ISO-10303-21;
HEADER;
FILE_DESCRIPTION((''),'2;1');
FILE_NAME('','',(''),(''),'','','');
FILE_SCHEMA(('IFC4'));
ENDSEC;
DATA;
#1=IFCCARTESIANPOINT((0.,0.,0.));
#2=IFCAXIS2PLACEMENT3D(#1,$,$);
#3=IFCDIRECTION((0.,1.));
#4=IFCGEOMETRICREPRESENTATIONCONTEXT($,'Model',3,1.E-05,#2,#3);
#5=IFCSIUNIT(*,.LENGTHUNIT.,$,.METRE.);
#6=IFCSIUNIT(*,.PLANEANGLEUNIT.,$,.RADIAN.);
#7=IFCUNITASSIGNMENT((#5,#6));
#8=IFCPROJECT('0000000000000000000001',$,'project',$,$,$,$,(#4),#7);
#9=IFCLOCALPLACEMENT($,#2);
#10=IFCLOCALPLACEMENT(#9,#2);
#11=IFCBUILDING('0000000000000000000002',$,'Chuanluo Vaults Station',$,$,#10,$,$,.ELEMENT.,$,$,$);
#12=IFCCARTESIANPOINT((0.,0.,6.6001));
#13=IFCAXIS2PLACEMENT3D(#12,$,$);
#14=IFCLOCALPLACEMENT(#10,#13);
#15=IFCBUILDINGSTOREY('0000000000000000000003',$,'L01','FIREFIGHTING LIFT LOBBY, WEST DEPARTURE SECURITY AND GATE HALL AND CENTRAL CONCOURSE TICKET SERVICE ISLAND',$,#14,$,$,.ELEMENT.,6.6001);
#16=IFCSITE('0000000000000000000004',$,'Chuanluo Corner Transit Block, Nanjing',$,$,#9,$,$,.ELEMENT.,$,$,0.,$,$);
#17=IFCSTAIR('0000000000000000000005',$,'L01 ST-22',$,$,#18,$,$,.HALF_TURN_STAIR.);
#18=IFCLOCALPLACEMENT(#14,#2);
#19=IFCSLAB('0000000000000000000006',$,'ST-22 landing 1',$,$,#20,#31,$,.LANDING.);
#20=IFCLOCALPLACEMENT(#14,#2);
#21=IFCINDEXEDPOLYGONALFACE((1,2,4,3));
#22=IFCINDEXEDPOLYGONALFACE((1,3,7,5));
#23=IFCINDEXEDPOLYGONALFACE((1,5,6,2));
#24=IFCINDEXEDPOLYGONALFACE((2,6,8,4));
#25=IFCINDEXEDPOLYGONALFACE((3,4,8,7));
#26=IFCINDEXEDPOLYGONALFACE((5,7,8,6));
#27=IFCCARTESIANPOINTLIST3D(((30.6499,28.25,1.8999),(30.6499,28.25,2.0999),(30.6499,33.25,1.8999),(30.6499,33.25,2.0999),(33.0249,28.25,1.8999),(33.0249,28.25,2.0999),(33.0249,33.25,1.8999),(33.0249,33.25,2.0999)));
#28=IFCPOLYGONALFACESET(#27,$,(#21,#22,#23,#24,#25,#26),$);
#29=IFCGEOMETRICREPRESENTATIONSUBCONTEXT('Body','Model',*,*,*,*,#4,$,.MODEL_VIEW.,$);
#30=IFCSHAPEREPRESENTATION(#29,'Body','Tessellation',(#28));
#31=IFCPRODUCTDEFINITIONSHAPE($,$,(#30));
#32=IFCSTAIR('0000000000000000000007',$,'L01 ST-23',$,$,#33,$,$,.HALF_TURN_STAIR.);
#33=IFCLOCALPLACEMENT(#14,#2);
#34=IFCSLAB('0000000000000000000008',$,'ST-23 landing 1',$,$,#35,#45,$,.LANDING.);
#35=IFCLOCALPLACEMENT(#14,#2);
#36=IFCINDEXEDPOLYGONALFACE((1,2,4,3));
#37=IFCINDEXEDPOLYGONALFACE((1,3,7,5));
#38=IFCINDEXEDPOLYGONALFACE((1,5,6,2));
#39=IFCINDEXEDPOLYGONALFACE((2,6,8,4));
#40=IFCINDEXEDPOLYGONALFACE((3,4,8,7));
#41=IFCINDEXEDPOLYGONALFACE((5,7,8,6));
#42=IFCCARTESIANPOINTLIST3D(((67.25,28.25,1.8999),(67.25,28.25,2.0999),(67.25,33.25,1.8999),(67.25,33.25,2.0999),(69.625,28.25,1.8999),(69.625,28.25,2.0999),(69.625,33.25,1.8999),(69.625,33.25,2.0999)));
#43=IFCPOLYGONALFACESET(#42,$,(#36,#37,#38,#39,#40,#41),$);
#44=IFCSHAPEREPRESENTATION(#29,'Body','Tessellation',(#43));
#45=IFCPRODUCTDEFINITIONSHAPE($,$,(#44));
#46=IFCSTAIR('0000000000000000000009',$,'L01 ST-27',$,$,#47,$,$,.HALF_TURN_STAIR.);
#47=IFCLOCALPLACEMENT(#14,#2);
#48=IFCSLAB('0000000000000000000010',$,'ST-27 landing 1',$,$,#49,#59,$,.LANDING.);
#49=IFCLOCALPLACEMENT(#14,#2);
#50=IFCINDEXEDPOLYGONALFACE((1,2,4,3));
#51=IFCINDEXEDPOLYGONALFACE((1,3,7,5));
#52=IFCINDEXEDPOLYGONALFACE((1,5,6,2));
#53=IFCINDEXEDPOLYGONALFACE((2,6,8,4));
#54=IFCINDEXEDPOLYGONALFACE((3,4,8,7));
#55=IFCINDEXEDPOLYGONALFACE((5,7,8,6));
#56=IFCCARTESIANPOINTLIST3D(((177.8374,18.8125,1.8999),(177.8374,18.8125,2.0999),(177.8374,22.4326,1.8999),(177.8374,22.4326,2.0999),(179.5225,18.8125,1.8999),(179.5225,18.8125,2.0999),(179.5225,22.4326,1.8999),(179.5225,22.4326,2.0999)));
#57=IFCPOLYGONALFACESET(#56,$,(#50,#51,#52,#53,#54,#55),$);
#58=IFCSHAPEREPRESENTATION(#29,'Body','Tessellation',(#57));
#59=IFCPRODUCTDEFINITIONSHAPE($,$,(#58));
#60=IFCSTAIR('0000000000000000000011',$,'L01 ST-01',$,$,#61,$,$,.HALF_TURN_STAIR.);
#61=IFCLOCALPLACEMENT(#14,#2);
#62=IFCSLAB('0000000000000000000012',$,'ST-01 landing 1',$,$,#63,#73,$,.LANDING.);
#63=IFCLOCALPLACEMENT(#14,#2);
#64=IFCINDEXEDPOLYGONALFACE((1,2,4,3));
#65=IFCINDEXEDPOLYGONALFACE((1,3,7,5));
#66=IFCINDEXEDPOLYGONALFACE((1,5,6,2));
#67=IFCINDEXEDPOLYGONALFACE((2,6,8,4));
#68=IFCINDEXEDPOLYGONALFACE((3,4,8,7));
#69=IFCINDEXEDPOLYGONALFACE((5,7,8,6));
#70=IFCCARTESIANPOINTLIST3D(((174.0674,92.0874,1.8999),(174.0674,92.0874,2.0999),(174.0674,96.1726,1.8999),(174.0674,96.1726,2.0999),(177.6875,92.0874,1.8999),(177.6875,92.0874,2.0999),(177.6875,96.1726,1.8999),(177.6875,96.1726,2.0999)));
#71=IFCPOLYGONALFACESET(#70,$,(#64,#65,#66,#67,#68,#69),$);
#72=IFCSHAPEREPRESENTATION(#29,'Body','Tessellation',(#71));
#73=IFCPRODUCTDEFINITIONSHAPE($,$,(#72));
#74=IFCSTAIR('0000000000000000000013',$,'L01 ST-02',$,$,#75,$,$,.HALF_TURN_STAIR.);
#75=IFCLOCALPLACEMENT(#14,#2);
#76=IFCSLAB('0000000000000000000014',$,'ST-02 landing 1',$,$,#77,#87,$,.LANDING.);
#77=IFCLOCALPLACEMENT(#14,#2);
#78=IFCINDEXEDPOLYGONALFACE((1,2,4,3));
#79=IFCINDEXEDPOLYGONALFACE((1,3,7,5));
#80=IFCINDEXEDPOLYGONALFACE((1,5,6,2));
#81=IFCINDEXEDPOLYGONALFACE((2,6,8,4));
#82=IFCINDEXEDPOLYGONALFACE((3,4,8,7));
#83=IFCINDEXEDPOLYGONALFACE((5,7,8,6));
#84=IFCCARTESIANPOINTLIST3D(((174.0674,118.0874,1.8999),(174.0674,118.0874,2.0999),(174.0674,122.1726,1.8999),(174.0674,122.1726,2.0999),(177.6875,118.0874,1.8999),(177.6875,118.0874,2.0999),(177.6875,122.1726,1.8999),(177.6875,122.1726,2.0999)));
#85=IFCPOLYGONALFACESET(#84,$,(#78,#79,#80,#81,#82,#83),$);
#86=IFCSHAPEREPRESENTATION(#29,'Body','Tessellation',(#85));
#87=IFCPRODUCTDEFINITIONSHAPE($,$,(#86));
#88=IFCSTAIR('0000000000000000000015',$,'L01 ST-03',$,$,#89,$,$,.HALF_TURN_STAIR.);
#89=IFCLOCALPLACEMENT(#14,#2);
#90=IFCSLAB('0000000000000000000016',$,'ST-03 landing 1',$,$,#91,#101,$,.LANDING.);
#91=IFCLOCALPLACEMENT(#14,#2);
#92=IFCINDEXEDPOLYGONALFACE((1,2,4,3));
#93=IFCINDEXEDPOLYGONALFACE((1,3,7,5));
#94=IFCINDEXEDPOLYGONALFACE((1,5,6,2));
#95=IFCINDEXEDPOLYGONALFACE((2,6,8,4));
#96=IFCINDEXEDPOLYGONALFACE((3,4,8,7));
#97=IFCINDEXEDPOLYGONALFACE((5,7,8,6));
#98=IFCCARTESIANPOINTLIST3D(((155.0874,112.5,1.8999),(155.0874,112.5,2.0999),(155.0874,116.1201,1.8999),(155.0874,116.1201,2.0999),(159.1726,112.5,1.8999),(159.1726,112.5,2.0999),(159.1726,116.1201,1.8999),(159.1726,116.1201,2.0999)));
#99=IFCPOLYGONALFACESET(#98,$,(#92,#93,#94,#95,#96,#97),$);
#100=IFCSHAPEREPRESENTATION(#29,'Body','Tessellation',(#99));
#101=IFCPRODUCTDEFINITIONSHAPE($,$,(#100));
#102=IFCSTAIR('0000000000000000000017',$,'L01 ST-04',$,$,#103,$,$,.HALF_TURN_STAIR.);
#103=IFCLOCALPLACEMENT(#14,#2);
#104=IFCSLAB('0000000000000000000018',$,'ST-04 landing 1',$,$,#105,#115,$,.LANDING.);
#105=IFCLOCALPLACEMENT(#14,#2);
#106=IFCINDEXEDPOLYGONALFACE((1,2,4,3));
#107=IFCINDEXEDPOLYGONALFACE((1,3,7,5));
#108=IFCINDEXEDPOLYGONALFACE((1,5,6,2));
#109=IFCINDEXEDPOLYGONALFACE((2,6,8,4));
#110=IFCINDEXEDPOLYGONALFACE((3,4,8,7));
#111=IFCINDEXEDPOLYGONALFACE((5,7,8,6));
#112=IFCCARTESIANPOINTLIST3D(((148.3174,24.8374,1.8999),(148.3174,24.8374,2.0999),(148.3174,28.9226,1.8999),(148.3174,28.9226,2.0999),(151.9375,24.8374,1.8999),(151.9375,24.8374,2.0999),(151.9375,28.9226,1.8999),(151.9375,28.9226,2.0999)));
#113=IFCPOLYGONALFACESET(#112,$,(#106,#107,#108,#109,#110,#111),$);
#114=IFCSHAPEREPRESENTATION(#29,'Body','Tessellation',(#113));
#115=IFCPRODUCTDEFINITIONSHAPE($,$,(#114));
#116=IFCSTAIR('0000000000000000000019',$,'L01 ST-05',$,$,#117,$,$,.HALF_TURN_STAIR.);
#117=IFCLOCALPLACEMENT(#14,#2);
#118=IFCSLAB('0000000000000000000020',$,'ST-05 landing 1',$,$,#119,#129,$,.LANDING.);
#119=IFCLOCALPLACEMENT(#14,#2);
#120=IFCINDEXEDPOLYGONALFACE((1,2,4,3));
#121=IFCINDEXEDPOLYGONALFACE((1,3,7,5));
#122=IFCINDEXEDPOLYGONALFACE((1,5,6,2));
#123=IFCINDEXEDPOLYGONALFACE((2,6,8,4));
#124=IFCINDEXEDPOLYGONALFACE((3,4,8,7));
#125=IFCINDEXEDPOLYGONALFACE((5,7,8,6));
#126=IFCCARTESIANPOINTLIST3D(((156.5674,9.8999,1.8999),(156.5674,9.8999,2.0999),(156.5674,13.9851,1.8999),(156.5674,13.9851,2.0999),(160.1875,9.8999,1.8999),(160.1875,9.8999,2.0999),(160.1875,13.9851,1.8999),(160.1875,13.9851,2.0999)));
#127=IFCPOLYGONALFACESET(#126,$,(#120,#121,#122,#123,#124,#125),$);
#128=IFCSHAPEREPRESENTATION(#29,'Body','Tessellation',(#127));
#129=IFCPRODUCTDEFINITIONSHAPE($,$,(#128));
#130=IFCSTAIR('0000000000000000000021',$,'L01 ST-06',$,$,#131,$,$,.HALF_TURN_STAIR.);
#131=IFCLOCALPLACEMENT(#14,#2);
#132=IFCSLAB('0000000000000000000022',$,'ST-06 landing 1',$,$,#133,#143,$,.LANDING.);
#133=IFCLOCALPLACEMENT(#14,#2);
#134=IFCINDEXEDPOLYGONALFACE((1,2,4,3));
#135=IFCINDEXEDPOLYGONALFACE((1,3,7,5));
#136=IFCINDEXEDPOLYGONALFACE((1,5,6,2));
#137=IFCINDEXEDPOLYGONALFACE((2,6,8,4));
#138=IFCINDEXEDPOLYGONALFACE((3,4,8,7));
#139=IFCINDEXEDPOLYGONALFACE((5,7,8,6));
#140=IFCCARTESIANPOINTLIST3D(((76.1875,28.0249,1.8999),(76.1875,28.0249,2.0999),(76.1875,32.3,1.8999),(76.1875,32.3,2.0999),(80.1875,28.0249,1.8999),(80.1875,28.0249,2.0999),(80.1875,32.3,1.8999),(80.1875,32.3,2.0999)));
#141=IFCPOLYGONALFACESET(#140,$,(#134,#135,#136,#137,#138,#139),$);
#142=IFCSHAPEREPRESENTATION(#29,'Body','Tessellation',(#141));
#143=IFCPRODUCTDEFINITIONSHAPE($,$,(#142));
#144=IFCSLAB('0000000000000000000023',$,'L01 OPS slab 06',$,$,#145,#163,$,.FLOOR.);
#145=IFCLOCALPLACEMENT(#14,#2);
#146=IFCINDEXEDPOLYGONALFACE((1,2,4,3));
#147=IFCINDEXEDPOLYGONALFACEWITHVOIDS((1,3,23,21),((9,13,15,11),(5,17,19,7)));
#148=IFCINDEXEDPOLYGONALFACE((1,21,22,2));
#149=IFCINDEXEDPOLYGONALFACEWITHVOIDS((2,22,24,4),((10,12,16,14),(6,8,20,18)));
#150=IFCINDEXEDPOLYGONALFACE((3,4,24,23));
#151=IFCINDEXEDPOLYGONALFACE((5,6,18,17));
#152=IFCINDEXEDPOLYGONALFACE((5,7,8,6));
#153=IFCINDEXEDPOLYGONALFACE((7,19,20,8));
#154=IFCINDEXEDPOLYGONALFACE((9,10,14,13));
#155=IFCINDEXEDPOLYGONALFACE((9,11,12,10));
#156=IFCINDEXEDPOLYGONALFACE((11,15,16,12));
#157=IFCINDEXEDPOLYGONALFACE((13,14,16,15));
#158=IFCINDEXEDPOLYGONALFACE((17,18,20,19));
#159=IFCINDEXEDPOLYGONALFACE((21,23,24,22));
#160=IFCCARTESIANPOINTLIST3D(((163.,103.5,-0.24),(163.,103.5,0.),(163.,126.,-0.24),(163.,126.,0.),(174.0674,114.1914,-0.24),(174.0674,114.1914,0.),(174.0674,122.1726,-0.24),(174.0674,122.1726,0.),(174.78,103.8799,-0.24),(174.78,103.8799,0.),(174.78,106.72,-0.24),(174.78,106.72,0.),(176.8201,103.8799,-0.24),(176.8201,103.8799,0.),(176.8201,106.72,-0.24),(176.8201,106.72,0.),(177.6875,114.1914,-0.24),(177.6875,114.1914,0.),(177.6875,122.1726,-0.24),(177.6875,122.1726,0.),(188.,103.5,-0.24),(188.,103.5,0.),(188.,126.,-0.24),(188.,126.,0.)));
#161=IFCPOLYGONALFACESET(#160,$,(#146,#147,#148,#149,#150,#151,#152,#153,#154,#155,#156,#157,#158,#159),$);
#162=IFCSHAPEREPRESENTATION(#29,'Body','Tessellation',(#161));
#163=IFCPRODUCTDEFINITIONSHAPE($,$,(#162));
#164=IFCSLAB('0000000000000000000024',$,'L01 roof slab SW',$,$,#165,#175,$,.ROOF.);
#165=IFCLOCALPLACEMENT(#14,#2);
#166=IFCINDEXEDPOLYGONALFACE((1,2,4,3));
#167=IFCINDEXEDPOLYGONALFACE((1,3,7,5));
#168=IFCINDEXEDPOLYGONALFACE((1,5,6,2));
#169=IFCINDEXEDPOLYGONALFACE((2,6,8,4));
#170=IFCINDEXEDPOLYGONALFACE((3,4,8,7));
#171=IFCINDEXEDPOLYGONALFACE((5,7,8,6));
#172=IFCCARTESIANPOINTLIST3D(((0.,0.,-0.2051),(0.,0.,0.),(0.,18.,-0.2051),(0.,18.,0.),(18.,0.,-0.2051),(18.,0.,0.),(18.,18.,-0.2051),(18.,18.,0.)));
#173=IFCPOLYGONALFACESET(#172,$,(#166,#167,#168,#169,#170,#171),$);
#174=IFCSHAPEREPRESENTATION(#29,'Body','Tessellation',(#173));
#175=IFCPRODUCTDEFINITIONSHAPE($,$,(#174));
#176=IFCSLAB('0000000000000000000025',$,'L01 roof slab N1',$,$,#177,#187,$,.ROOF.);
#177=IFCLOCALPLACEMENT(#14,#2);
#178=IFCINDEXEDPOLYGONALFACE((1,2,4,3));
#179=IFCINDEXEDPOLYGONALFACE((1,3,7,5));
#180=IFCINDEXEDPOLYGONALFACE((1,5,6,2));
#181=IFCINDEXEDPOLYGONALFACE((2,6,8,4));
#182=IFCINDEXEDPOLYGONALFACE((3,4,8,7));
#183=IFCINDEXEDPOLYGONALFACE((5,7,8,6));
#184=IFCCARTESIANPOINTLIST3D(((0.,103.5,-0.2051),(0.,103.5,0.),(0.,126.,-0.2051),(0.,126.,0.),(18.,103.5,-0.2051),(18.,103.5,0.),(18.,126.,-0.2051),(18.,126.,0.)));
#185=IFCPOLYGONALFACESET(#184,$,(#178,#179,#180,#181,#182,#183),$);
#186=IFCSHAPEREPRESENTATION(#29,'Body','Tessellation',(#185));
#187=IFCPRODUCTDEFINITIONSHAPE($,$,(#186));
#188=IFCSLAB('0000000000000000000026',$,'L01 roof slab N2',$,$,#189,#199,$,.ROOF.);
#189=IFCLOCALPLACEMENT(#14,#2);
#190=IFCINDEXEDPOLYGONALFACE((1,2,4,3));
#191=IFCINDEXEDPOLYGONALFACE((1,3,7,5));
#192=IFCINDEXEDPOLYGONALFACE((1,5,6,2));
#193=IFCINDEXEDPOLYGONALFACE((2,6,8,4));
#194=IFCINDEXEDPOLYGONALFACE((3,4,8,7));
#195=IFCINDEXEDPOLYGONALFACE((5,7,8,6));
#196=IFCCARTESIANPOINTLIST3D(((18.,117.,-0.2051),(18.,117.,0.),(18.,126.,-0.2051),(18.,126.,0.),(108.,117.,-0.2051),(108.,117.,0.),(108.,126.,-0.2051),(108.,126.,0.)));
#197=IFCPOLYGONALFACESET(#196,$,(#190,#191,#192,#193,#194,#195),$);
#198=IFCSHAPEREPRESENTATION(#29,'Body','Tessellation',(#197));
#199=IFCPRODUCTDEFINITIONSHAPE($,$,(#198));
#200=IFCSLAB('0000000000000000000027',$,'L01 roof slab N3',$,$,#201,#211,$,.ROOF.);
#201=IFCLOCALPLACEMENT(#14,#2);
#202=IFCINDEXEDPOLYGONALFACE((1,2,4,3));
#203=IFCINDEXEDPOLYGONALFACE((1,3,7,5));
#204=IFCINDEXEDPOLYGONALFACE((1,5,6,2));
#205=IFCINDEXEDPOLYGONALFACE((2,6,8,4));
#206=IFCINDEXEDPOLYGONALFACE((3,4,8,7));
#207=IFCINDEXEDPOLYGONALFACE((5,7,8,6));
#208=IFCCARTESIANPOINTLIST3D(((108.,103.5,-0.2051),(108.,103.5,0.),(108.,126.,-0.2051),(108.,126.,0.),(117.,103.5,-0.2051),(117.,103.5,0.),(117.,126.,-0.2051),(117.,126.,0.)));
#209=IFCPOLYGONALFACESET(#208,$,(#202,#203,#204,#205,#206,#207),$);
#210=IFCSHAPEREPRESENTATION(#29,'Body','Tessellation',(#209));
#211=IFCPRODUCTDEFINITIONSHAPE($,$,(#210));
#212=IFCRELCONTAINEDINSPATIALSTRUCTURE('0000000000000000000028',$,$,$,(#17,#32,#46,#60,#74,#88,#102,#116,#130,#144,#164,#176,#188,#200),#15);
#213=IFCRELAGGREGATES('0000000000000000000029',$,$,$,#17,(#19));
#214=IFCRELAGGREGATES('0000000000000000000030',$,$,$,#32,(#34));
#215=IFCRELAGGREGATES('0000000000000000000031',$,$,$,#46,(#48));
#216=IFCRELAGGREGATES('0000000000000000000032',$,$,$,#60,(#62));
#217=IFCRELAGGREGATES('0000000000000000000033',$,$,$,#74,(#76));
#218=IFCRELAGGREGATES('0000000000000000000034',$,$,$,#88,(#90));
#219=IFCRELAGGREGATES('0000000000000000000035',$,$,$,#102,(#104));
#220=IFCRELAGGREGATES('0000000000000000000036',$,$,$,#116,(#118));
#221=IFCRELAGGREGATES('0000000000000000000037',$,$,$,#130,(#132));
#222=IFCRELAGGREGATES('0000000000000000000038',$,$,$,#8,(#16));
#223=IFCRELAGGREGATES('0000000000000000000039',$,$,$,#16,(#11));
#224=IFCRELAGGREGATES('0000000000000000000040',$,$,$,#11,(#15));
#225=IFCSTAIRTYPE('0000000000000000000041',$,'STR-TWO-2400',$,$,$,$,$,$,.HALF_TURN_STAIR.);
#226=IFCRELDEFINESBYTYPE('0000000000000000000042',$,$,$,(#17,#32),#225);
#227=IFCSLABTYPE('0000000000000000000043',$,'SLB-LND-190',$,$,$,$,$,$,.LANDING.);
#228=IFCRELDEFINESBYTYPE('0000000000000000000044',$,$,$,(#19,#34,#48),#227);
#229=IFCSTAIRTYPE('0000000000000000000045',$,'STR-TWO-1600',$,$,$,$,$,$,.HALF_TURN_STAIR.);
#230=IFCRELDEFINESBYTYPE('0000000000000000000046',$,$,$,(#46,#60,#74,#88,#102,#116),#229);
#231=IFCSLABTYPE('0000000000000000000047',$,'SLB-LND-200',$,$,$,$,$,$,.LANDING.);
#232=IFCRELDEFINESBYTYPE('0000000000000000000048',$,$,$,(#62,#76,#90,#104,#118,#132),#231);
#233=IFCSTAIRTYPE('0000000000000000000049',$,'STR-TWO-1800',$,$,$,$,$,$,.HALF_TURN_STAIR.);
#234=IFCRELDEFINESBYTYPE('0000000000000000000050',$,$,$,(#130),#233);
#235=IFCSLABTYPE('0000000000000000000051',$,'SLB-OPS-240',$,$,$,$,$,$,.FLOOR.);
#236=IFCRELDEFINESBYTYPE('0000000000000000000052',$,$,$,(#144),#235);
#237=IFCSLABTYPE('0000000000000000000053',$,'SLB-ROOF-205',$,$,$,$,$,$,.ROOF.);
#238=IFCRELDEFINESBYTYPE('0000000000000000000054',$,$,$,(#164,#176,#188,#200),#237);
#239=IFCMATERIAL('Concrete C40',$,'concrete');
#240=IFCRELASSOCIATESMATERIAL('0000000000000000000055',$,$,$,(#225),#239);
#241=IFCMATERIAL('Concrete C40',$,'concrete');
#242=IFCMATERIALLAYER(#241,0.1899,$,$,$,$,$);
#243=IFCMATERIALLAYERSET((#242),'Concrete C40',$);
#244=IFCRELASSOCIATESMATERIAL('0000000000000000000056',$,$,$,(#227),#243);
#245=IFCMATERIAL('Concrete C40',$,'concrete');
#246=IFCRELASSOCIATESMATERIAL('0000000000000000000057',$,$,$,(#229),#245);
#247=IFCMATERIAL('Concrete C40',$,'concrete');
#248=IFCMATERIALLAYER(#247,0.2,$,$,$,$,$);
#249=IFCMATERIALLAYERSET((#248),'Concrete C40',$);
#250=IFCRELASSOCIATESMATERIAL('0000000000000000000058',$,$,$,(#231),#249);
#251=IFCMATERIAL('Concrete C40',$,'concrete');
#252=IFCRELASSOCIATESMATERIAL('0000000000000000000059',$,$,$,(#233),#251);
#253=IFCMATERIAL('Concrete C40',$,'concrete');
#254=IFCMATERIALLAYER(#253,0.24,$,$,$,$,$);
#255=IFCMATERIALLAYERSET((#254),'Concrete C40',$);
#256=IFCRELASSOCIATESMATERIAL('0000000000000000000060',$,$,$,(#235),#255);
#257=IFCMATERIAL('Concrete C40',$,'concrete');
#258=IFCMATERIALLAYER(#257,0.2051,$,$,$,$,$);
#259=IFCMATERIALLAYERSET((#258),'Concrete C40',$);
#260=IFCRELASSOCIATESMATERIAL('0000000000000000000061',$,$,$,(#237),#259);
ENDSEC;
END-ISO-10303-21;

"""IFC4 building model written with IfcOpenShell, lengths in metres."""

from ifc_helpers import new_model, si_unit, direction, frame, origin, place, context, subcontext, project, spatial, polyline, outline, extrude, material, layer, layer_set, type_object, element, aggregate, save


model = new_model("IFC4")

# Units and contexts
model_context = context("Model", 3, precision=1e-05, world=origin(), true_north=direction((0.0, 1.0)))
body_context = subcontext(model_context, "Body", "Model", "MODEL_VIEW")
ifc_project = project(units=[si_unit("LENGTHUNIT", "METRE"), si_unit("PLANEANGLEUNIT", "RADIAN")], contexts=[model_context])

# Site, building, storey
site_placement = place(None, origin())
site = spatial("IfcSite", under=ifc_project, at=site_placement, Name="Chuanluo Corner Transit Block, Nanjing", CompositionType="ELEMENT", RefElevation=0.0)
building_placement = place(site_placement, origin())
building = spatial("IfcBuilding", under=site, at=building_placement, Name="Chuanluo Vaults Station", CompositionType="ELEMENT")
storey_placement = place(building_placement, frame((0.0, 0.0, 6.6001)))
storey = spatial("IfcBuildingStorey", under=building, at=storey_placement, Name="L01", Description="FIREFIGHTING LIFT LOBBY, WEST DEPARTURE SECURITY AND GATE HALL AND CENTRAL CONCOURSE TICKET SERVICE ISLAND", CompositionType="ELEMENT", Elevation=6.6001)

# Stairs, slabs
ifc_material_1 = material(Name="Concrete C40", Category="concrete")
stair_type_1 = type_object("IfcStairType", Name="STR-TWO-2400", PredefinedType="HALF_TURN_STAIR", material=ifc_material_1)
stair_1_placement = place(storey_placement, origin())
stair_1 = element("IfcStair", 1, at=stair_1_placement, inside=storey, type_object=stair_type_1, Name="L01 ST-22", PredefinedType="HALF_TURN_STAIR")
ifc_material_2 = material(Name="Concrete C40", Category="concrete")
ifc_layer_1 = layer(ifc_material_2, 0.1899)
ifc_layer_set_1 = layer_set([ifc_layer_1], Name="Concrete C40")
slab_type_1 = type_object("IfcSlabType", Name="SLB-LND-190", PredefinedType="LANDING", material=ifc_layer_set_1)
slab_1_placement = place(storey_placement, frame((0.0, 0.0, 1.8999)))
slab_1 = element("IfcSlab", 2, at=slab_1_placement, type_object=slab_type_1, Name="ST-22 landing 1", PredefinedType="LANDING", context=body_context, shape_type="SweptSolid", body=[
    extrude(outline(polyline([(30.6499, 28.25), (33.0249, 28.25), (33.0249, 33.25), (30.6499, 33.25), (30.6499, 28.25)])), origin(), (0.0, 0.0, 1.0), 0.2),
])
aggregate(stair_1, [slab_1])
stair_2_placement = place(storey_placement, origin())
stair_2 = element("IfcStair", 3, at=stair_2_placement, inside=storey, type_object=stair_type_1, Name="L01 ST-23", PredefinedType="HALF_TURN_STAIR")
slab_2_placement = place(storey_placement, frame((0.0, 0.0, 1.8999)))
slab_2 = element("IfcSlab", 4, at=slab_2_placement, type_object=slab_type_1, Name="ST-23 landing 1", PredefinedType="LANDING", context=body_context, shape_type="SweptSolid", body=[
    extrude(outline(polyline([(67.25, 28.25), (69.625, 28.25), (69.625, 33.25), (67.25, 33.25), (67.25, 28.25)])), origin(), (0.0, 0.0, 1.0), 0.2),
])
aggregate(stair_2, [slab_2])
ifc_material_3 = material(Name="Concrete C40", Category="concrete")
stair_type_2 = type_object("IfcStairType", Name="STR-TWO-1600", PredefinedType="HALF_TURN_STAIR", material=ifc_material_3)
stair_3_placement = place(storey_placement, origin())
stair_3 = element("IfcStair", 5, at=stair_3_placement, inside=storey, type_object=stair_type_2, Name="L01 ST-27", PredefinedType="HALF_TURN_STAIR")
slab_3_placement = place(storey_placement, frame((0.0, 0.0, 1.8999)))
slab_3 = element("IfcSlab", 6, at=slab_3_placement, type_object=slab_type_1, Name="ST-27 landing 1", PredefinedType="LANDING", context=body_context, shape_type="SweptSolid", body=[
    extrude(outline(polyline([(177.8374, 18.8125), (179.5225, 18.8125), (179.5225, 22.4326), (177.8374, 22.4326), (177.8374, 18.8125)])), origin(), (0.0, 0.0, 1.0), 0.2),
])
aggregate(stair_3, [slab_3])
stair_4_placement = place(storey_placement, origin())
stair_4 = element("IfcStair", 7, at=stair_4_placement, inside=storey, type_object=stair_type_2, Name="L01 ST-01", PredefinedType="HALF_TURN_STAIR")
ifc_material_4 = material(Name="Concrete C40", Category="concrete")
ifc_layer_2 = layer(ifc_material_4, 0.2)
ifc_layer_set_2 = layer_set([ifc_layer_2], Name="Concrete C40")
slab_type_2 = type_object("IfcSlabType", Name="SLB-LND-200", PredefinedType="LANDING", material=ifc_layer_set_2)
slab_4_placement = place(storey_placement, frame((0.0, 0.0, 1.8999)))
slab_4 = element("IfcSlab", 8, at=slab_4_placement, type_object=slab_type_2, Name="ST-01 landing 1", PredefinedType="LANDING", context=body_context, shape_type="SweptSolid", body=[
    extrude(outline(polyline([(177.6875, 92.0874), (177.6875, 96.1726), (174.0674, 96.1726), (174.0674, 92.0874), (177.6875, 92.0874)])), origin(), (0.0, 0.0, 1.0), 0.2),
])
aggregate(stair_4, [slab_4])
stair_5_placement = place(storey_placement, origin())
stair_5 = element("IfcStair", 9, at=stair_5_placement, inside=storey, type_object=stair_type_2, Name="L01 ST-02", PredefinedType="HALF_TURN_STAIR")
slab_5_placement = place(storey_placement, frame((0.0, 0.0, 1.8999)))
slab_5 = element("IfcSlab", 10, at=slab_5_placement, type_object=slab_type_2, Name="ST-02 landing 1", PredefinedType="LANDING", context=body_context, shape_type="SweptSolid", body=[
    extrude(outline(polyline([(177.6875, 118.0874), (177.6875, 122.1726), (174.0674, 122.1726), (174.0674, 118.0874), (177.6875, 118.0874)])), origin(), (0.0, 0.0, 1.0), 0.2),
])
aggregate(stair_5, [slab_5])
stair_6_placement = place(storey_placement, origin())
stair_6 = element("IfcStair", 11, at=stair_6_placement, inside=storey, type_object=stair_type_2, Name="L01 ST-03", PredefinedType="HALF_TURN_STAIR")
slab_6_placement = place(storey_placement, frame((0.0, 0.0, 1.8999)))
slab_6 = element("IfcSlab", 12, at=slab_6_placement, type_object=slab_type_2, Name="ST-03 landing 1", PredefinedType="LANDING", context=body_context, shape_type="SweptSolid", body=[
    extrude(outline(polyline([(155.0874, 112.5), (159.1726, 112.5), (159.1726, 116.1201), (155.0874, 116.1201), (155.0874, 112.5)])), origin(), (0.0, 0.0, 1.0), 0.2),
])
aggregate(stair_6, [slab_6])
stair_7_placement = place(storey_placement, origin())
stair_7 = element("IfcStair", 13, at=stair_7_placement, inside=storey, type_object=stair_type_2, Name="L01 ST-04", PredefinedType="HALF_TURN_STAIR")
slab_7_placement = place(storey_placement, frame((0.0, 0.0, 1.8999)))
slab_7 = element("IfcSlab", 14, at=slab_7_placement, type_object=slab_type_2, Name="ST-04 landing 1", PredefinedType="LANDING", context=body_context, shape_type="SweptSolid", body=[
    extrude(outline(polyline([(151.9375, 24.8374), (151.9375, 28.9226), (148.3174, 28.9226), (148.3174, 24.8374), (151.9375, 24.8374)])), origin(), (0.0, 0.0, 1.0), 0.2),
])
aggregate(stair_7, [slab_7])
stair_8_placement = place(storey_placement, origin())
stair_8 = element("IfcStair", 15, at=stair_8_placement, inside=storey, type_object=stair_type_2, Name="L01 ST-05", PredefinedType="HALF_TURN_STAIR")
slab_8_placement = place(storey_placement, frame((0.0, 0.0, 1.8999)))
slab_8 = element("IfcSlab", 16, at=slab_8_placement, type_object=slab_type_2, Name="ST-05 landing 1", PredefinedType="LANDING", context=body_context, shape_type="SweptSolid", body=[
    extrude(outline(polyline([(160.1875, 9.8999), (160.1875, 13.9851), (156.5674, 13.9851), (156.5674, 9.8999), (160.1875, 9.8999)])), origin(), (0.0, 0.0, 1.0), 0.2),
])
aggregate(stair_8, [slab_8])
ifc_material_5 = material(Name="Concrete C40", Category="concrete")
stair_type_3 = type_object("IfcStairType", Name="STR-TWO-1800", PredefinedType="HALF_TURN_STAIR", material=ifc_material_5)
stair_9_placement = place(storey_placement, origin())
stair_9 = element("IfcStair", 17, at=stair_9_placement, inside=storey, type_object=stair_type_3, Name="L01 ST-06", PredefinedType="HALF_TURN_STAIR")
slab_9_placement = place(storey_placement, frame((0.0, 0.0, 1.8999)))
slab_9 = element("IfcSlab", 18, at=slab_9_placement, type_object=slab_type_2, Name="ST-06 landing 1", PredefinedType="LANDING", context=body_context, shape_type="SweptSolid", body=[
    extrude(outline(polyline([(80.1875, 28.0249), (80.1875, 32.3), (76.1875, 32.3), (76.1875, 28.0249), (80.1875, 28.0249)])), origin(), (0.0, 0.0, 1.0), 0.2),
])
aggregate(stair_9, [slab_9])

# Slabs
ifc_material_6 = material(Name="Concrete C40", Category="concrete")
ifc_layer_3 = layer(ifc_material_6, 0.24)
ifc_layer_set_3 = layer_set([ifc_layer_3], Name="Concrete C40")
slab_type_3 = type_object("IfcSlabType", Name="SLB-OPS-240", PredefinedType="FLOOR", material=ifc_layer_set_3)
slab_10_placement = place(storey_placement, frame((0.0, 0.0, -0.24)))
element("IfcSlab", 19, at=slab_10_placement, inside=storey, type_object=slab_type_3, Name="L01 OPS slab 06", PredefinedType="FLOOR", context=body_context, shape_type="SweptSolid", body=[
    extrude(outline(polyline([(163.0, 103.5), (188.0, 103.5), (188.0, 126.0), (163.0, 126.0), (163.0, 103.5)]), holes=[polyline([(177.6875, 114.1914), (177.6875, 122.1726), (174.0674, 122.1726), (174.0674, 114.1914), (177.6875, 114.1914)]), polyline([(174.78, 103.8799), (176.8201, 103.8799), (176.8201, 106.72), (174.78, 106.72), (174.78, 103.8799)])]), origin(), (0.0, 0.0, 1.0), 0.24),
])
ifc_material_7 = material(Name="Concrete C40", Category="concrete")
ifc_layer_4 = layer(ifc_material_7, 0.2051)
ifc_layer_set_4 = layer_set([ifc_layer_4], Name="Concrete C40")
slab_type_4 = type_object("IfcSlabType", Name="SLB-ROOF-205", PredefinedType="ROOF", material=ifc_layer_set_4)
slab_11_placement = place(storey_placement, frame((0.0, 0.0, -0.2051)))
element("IfcSlab", 20, at=slab_11_placement, inside=storey, type_object=slab_type_4, Name="L01 roof slab SW", PredefinedType="ROOF", context=body_context, shape_type="SweptSolid", body=[
    extrude(outline(polyline([(0.0, 0.0), (18.0, 0.0), (18.0, 18.0), (0.0, 18.0), (0.0, 0.0)])), origin(), (0.0, 0.0, 1.0), 0.2051),
])
slab_12_placement = place(storey_placement, frame((0.0, 0.0, -0.2051)))
element("IfcSlab", 21, at=slab_12_placement, inside=storey, type_object=slab_type_4, Name="L01 roof slab N1", PredefinedType="ROOF", context=body_context, shape_type="SweptSolid", body=[
    extrude(outline(polyline([(0.0, 103.5), (18.0, 103.5), (18.0, 126.0), (0.0, 126.0), (0.0, 103.5)])), origin(), (0.0, 0.0, 1.0), 0.2051),
])
slab_13_placement = place(storey_placement, frame((0.0, 0.0, -0.2051)))
element("IfcSlab", 22, at=slab_13_placement, inside=storey, type_object=slab_type_4, Name="L01 roof slab N2", PredefinedType="ROOF", context=body_context, shape_type="SweptSolid", body=[
    extrude(outline(polyline([(18.0, 117.0), (108.0, 117.0), (108.0, 126.0), (18.0, 126.0), (18.0, 117.0)])), origin(), (0.0, 0.0, 1.0), 0.2051),
])
slab_14_placement = place(storey_placement, frame((0.0, 0.0, -0.2051)))
element("IfcSlab", 23, at=slab_14_placement, inside=storey, type_object=slab_type_4, Name="L01 roof slab N3", PredefinedType="ROOF", context=body_context, shape_type="SweptSolid", body=[
    extrude(outline(polyline([(108.0, 103.5), (117.0, 103.5), (117.0, 126.0), (108.0, 126.0), (108.0, 103.5)])), origin(), (0.0, 0.0, 1.0), 0.2051),
])

save(model, "model.ifc")
